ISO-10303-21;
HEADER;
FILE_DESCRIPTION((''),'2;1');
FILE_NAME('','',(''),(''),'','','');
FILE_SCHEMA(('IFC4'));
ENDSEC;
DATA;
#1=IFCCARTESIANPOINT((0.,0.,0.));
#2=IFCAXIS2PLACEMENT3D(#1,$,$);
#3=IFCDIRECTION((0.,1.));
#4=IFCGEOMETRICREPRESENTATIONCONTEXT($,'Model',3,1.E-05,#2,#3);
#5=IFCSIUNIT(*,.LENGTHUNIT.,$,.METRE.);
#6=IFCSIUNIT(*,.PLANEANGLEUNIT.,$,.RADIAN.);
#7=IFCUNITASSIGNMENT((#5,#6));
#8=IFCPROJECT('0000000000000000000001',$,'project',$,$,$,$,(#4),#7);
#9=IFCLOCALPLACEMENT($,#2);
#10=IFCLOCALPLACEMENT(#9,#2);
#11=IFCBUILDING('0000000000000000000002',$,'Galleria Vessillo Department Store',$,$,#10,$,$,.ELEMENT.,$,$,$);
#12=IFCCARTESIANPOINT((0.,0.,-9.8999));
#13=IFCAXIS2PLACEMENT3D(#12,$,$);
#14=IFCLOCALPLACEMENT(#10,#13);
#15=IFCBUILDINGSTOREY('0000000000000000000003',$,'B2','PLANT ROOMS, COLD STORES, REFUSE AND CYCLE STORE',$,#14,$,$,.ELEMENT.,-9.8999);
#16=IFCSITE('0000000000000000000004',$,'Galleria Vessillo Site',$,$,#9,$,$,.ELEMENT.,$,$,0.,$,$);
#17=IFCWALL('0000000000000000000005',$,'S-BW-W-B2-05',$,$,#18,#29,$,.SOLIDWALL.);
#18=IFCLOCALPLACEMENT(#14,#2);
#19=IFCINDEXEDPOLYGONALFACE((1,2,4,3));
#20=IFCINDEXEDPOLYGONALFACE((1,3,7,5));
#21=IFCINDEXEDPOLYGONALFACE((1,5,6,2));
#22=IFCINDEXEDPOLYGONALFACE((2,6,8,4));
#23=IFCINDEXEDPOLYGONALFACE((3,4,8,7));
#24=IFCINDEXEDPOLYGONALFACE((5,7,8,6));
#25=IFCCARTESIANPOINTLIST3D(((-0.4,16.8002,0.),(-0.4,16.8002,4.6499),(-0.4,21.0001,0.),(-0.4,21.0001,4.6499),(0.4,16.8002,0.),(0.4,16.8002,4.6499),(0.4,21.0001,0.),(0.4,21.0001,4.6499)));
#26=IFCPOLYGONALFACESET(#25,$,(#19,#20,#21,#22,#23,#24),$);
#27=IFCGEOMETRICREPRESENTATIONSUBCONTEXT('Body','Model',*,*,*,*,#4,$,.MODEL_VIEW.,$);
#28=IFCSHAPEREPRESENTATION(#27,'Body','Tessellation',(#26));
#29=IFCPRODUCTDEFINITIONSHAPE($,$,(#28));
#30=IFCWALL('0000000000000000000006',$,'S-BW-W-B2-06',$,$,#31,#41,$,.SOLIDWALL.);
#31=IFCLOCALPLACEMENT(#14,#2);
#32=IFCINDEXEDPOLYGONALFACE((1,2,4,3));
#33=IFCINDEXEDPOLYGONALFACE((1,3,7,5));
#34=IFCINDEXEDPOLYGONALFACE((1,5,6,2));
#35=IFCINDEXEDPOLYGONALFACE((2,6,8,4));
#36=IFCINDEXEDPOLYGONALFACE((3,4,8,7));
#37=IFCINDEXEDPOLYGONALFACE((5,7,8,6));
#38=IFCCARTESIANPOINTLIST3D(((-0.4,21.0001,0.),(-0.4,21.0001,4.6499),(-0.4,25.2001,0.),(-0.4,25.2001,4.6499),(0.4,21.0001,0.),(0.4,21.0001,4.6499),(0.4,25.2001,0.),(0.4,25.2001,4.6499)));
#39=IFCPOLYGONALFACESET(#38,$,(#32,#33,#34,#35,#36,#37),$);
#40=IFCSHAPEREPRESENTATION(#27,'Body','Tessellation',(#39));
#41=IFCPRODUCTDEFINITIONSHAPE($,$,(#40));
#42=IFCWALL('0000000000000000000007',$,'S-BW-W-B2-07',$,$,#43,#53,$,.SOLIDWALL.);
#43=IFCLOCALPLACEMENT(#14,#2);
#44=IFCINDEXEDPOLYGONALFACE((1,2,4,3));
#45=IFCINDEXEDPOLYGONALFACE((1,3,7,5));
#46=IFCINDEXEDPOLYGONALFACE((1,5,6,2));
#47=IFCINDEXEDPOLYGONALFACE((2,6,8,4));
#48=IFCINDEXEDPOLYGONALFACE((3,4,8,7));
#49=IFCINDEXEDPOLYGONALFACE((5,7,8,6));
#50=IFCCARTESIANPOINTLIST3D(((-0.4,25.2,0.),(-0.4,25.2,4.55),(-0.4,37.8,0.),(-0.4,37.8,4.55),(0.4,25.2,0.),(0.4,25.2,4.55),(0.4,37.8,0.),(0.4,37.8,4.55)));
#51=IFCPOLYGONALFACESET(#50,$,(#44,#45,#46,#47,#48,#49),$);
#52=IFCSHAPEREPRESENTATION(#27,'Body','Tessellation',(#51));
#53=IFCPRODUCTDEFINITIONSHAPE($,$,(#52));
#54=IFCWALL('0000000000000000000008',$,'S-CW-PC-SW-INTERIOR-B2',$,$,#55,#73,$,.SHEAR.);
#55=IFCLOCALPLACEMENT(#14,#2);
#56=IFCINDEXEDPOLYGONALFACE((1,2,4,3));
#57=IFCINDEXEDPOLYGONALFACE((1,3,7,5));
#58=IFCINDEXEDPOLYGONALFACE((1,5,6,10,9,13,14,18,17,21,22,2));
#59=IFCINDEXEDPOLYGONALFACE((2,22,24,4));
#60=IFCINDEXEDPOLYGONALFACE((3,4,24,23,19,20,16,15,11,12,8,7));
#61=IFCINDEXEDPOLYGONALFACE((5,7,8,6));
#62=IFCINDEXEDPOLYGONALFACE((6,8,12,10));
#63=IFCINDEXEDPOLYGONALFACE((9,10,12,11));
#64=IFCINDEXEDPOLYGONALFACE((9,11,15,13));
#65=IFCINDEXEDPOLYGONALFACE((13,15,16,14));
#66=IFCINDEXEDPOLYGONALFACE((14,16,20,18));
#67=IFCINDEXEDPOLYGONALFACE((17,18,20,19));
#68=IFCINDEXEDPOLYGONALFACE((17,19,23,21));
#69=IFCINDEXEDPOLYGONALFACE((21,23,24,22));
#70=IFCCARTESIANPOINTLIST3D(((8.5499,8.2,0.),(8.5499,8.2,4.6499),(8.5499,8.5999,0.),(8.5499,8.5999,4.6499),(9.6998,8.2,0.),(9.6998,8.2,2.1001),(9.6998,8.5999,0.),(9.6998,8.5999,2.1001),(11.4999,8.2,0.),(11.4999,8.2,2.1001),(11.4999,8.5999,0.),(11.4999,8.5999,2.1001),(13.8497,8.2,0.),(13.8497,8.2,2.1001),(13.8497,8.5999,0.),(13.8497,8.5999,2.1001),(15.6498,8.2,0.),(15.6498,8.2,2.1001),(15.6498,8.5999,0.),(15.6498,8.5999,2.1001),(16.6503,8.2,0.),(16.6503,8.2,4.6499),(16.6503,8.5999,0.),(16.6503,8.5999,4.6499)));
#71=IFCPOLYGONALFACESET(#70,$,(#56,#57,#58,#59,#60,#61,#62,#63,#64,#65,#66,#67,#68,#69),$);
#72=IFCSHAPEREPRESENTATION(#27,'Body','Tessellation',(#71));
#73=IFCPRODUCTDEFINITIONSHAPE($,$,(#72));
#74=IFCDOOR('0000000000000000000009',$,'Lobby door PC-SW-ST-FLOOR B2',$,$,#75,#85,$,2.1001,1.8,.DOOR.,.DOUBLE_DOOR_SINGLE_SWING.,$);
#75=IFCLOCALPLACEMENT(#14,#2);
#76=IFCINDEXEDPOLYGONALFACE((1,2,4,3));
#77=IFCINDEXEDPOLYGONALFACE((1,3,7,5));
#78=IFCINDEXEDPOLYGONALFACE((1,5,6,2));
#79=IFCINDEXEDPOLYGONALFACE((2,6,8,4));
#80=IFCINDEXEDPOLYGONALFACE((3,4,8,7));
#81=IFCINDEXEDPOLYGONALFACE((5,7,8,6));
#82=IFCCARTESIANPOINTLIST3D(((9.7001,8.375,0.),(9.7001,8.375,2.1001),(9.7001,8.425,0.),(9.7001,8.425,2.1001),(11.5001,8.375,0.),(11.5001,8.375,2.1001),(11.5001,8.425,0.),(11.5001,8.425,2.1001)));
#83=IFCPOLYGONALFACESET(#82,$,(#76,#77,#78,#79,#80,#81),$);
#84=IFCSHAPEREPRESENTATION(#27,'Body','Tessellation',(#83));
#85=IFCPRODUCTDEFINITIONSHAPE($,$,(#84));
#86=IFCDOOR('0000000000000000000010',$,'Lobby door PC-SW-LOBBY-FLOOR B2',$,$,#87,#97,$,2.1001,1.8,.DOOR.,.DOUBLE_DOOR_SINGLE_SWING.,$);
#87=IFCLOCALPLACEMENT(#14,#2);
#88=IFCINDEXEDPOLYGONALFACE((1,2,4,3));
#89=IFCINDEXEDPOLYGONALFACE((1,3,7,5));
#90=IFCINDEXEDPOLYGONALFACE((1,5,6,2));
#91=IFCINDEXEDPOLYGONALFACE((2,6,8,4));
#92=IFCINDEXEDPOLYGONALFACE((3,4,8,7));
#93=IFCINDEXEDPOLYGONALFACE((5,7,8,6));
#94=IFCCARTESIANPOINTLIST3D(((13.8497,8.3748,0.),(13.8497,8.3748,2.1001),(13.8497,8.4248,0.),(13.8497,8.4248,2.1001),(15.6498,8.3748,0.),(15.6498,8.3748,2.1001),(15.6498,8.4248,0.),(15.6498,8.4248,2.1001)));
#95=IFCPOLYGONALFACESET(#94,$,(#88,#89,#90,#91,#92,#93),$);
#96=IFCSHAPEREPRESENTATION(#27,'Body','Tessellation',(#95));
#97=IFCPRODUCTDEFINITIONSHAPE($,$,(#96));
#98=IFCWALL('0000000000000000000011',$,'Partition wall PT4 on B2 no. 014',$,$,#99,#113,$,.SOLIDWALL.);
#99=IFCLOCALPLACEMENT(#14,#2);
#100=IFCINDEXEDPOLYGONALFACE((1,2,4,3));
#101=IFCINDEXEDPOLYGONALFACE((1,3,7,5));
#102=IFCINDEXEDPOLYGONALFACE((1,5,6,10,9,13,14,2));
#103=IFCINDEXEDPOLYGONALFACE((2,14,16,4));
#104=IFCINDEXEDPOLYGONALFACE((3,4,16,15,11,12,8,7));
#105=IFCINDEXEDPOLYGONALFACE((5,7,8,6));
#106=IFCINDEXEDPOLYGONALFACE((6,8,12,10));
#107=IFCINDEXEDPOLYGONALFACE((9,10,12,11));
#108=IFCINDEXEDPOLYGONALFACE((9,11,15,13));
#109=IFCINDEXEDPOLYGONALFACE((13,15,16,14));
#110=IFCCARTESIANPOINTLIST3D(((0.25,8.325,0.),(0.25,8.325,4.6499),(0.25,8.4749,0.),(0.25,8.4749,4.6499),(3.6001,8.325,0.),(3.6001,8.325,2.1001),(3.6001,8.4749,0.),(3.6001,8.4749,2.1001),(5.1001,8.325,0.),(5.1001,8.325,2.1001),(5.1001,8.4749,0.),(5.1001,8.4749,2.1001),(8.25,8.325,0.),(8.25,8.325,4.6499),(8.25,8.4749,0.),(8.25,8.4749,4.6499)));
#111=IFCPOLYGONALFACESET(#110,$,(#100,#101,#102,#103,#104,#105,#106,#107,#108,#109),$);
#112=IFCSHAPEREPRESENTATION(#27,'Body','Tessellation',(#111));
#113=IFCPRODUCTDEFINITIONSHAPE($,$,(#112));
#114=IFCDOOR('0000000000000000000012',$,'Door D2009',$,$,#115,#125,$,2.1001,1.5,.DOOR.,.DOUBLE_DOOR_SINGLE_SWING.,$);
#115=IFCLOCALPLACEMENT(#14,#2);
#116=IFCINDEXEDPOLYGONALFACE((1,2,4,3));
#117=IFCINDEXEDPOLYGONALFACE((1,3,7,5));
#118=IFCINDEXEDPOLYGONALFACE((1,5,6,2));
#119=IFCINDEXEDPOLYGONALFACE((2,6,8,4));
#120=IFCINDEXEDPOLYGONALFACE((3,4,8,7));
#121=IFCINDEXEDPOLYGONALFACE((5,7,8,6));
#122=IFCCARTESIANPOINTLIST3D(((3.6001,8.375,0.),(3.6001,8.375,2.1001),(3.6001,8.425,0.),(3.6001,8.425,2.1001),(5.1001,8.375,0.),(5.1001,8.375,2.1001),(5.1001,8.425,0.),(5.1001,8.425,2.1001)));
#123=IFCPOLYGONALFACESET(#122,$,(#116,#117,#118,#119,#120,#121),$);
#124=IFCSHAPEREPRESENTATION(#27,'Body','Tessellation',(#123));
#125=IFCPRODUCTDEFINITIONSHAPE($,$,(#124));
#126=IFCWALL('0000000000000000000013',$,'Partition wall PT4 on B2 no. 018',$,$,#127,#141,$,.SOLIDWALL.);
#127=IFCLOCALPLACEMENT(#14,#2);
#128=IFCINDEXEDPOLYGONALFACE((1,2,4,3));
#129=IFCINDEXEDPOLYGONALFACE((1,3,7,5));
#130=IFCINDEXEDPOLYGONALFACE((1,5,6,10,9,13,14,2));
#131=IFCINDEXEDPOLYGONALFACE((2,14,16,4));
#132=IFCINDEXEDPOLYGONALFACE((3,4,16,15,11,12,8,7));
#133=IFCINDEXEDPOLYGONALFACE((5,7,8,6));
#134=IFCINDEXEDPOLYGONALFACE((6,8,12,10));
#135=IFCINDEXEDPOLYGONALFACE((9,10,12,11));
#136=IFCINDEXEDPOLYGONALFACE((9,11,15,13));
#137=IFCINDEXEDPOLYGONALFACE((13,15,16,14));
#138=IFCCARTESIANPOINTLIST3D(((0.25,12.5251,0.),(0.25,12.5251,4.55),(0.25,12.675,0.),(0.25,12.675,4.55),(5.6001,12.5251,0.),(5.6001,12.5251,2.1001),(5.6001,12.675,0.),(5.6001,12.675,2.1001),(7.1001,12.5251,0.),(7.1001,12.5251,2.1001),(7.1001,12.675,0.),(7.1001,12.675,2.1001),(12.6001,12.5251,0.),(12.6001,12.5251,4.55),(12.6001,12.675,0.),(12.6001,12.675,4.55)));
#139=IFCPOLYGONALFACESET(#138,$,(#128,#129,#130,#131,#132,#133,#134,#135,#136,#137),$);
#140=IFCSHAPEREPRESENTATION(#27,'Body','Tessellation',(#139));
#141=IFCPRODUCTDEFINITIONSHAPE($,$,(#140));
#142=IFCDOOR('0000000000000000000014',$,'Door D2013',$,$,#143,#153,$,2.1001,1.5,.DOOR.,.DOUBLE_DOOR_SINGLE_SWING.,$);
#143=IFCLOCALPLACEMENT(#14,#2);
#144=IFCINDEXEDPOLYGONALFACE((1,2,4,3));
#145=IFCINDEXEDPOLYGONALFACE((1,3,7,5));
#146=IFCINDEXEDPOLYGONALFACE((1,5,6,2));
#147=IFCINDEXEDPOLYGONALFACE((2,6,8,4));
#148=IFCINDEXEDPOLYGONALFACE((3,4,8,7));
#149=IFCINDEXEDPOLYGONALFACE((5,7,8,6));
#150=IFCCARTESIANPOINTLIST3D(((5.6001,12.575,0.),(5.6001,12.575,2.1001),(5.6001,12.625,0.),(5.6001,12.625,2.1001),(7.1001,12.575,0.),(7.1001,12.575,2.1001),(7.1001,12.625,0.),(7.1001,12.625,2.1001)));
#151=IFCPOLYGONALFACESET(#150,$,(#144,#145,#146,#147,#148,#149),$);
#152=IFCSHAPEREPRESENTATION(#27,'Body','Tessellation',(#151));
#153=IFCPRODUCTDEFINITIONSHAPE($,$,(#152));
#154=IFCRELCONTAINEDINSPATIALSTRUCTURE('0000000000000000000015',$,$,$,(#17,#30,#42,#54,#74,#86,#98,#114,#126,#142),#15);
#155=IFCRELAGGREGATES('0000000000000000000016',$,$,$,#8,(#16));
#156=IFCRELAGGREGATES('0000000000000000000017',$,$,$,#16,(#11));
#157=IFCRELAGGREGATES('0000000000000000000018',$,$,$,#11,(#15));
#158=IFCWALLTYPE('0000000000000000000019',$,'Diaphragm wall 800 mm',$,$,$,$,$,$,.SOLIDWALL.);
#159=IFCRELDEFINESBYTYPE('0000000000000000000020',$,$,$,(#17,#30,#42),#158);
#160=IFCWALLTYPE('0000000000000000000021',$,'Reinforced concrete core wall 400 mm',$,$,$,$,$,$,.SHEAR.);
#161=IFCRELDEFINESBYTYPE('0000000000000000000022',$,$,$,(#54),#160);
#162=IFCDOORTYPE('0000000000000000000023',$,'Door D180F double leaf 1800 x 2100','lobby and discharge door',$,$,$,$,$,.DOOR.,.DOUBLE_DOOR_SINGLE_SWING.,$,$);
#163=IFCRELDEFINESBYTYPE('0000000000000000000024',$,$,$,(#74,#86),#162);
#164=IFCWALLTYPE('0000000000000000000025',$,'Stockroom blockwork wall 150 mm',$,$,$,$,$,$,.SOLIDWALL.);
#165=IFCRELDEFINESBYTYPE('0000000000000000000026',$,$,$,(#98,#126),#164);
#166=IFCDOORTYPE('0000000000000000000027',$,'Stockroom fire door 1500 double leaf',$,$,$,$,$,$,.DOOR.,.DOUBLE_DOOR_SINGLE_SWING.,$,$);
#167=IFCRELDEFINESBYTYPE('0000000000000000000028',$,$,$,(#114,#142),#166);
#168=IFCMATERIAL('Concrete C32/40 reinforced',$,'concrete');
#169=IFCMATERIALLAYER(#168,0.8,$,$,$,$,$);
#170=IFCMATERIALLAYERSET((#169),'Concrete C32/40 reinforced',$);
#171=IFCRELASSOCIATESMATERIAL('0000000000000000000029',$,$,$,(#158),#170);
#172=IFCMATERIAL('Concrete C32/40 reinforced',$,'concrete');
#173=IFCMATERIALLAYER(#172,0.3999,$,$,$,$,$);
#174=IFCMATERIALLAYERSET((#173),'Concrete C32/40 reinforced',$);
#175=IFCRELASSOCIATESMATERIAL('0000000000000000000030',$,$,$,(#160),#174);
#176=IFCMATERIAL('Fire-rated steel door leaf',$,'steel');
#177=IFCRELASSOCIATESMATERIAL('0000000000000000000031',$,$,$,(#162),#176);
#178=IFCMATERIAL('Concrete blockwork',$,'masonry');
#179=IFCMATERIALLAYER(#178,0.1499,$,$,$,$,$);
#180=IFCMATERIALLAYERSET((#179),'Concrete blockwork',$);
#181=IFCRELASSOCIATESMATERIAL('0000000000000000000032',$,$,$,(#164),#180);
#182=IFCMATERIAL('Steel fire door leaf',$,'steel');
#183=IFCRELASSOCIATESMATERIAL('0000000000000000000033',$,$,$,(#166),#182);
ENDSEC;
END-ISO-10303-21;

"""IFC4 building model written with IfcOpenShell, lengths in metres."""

from ifc_helpers import new_model, si_unit, direction, frame, frame_2d, origin, place, context, subcontext, project, spatial, rectangle, extrude, material, layer, layer_set, type_object, element, fill, save


model = new_model("IFC4")

# Units and contexts
model_context = context("Model", 3, precision=1e-05, world=origin(), true_north=direction((0.0, 1.0)))
body_context = subcontext(model_context, "Body", "Model", "MODEL_VIEW")
ifc_project = project(units=[si_unit("LENGTHUNIT", "METRE"), si_unit("PLANEANGLEUNIT", "RADIAN")], contexts=[model_context])

# Site, building, storey
site_placement = place(None, origin())
site = spatial("IfcSite", under=ifc_project, at=site_placement, Name="Galleria Vessillo Site", CompositionType="ELEMENT", RefElevation=0.0)
building_placement = place(site_placement, origin())
building = spatial("IfcBuilding", under=site, at=building_placement, Name="Galleria Vessillo Department Store", CompositionType="ELEMENT")
storey_placement = place(building_placement, frame((0.0, 0.0, -9.8999)))
storey = spatial("IfcBuildingStorey", under=building, at=storey_placement, Name="B2", Description="PLANT ROOMS, COLD STORES, REFUSE AND CYCLE STORE", CompositionType="ELEMENT", Elevation=-9.8999)

# Walls
ifc_material_1 = material(Name="Concrete C32/40 reinforced", Category="concrete")
ifc_layer_1 = layer(ifc_material_1, 0.8)
ifc_layer_set_1 = layer_set([ifc_layer_1], Name="Concrete C32/40 reinforced")
wall_type_1 = type_object("IfcWallType", Name="Diaphragm wall 800 mm", PredefinedType="SOLIDWALL", material=ifc_layer_set_1)
for number, where, z_axis, x_axis, name in (
    (1, (0.0, 16.8, 0.0), (0.0, 0.0, 1.0), (0.0, 1.0, 0.0), "S-BW-W-B2-05"),
    (2, (0.0, 21.0, 0.0), (0.0, 0.0, 1.0), (0.0, 1.0, 0.0), "S-BW-W-B2-06"),
):
    element("IfcWall", number, at=place(storey_placement, frame(where, z_axis=z_axis, x_axis=x_axis)), inside=storey, type_object=wall_type_1, Name=name, PredefinedType="SOLIDWALL", context=body_context, shape_type="SweptSolid", body=[
        extrude(rectangle(XDim=4.2, YDim=0.8, at=frame_2d((2.1001, 0.0))), origin(), (0.0, 0.0, 1.0), 4.6499),
    ])
wall_1_placement = place(storey_placement, frame((0.0, 25.2, 0.0), z_axis=(0.0, 0.0, 1.0), x_axis=(0.0, 1.0, 0.0)))
element("IfcWall", 3, at=wall_1_placement, inside=storey, type_object=wall_type_1, Name="S-BW-W-B2-07", PredefinedType="SOLIDWALL", context=body_context, shape_type="SweptSolid", body=[
    extrude(rectangle(XDim=12.6001, YDim=0.8, at=frame_2d((6.3, 0.0))), origin(), (0.0, 0.0, 1.0), 4.55),
])

# Wall, openings, doors
ifc_material_2 = material(Name="Concrete C32/40 reinforced", Category="concrete")
ifc_layer_2 = layer(ifc_material_2, 0.3999)
ifc_layer_set_2 = layer_set([ifc_layer_2], Name="Concrete C32/40 reinforced")
wall_type_2 = type_object("IfcWallType", Name="Reinforced concrete core wall 400 mm", PredefinedType="SHEAR", material=ifc_layer_set_2)
wall_2_placement = place(storey_placement, frame((8.5498, 8.3999, 0.0), z_axis=(0.0, 0.0, 1.0), x_axis=(1.0, 0.0, 0.0)))
wall_2 = element("IfcWall", 4, at=wall_2_placement, inside=storey, type_object=wall_type_2, Name="S-CW-PC-SW-INTERIOR-B2", PredefinedType="SHEAR", context=body_context, shape_type="SweptSolid", body=[
    extrude(rectangle(XDim=8.1003, YDim=0.3999, at=frame_2d((4.0503, 0.0))), origin(), (0.0, 0.0, 1.0), 4.6499),
])
opening_1_placement = place(wall_2_placement, frame((1.1501, 0.0, 0.0)))
opening_1 = element("IfcOpeningElement", 5, at=opening_1_placement, cuts=wall_2, PredefinedType="OPENING", context=body_context, shape_type="SweptSolid", body=[
    extrude(rectangle(XDim=1.8, YDim=2.1001, at=frame_2d((0.8999, 1.05))), frame((0.0, 0.21, 0.0), z_axis=(0.0, -1.0, 0.0), x_axis=(1.0, 0.0, 0.0)), (0.0, 0.0, 1.0), 0.4199),
])
opening_2_placement = place(wall_2_placement, frame((5.3, 0.0, 0.0)))
opening_2 = element("IfcOpeningElement", 6, at=opening_2_placement, cuts=wall_2, PredefinedType="OPENING", context=body_context, shape_type="SweptSolid", body=[
    extrude(rectangle(XDim=1.8, YDim=2.1001, at=frame_2d((0.8999, 1.05))), frame((0.0, 0.21, 0.0), z_axis=(0.0, -1.0, 0.0), x_axis=(1.0, 0.0, 0.0)), (0.0, 0.0, 1.0), 0.4199),
])
ifc_material_3 = material(Name="Fire-rated steel door leaf", Category="steel")
door_type_1 = type_object("IfcDoorType", Name="Door D180F double leaf 1800 x 2100", Description="lobby and discharge door", OperationType="DOUBLE_DOOR_SINGLE_SWING", PredefinedType="DOOR", material=ifc_material_3)
door_1_placement = place(opening_1_placement, frame((1.8, 0.0, 0.0), z_axis=(0.0, 0.0, 1.0), x_axis=(-1.0, 0.0, 0.0)))
door_1 = element("IfcDoor", 7, at=door_1_placement, inside=storey, type_object=door_type_1, Name="Lobby door PC-SW-ST-FLOOR B2", OperationType="DOUBLE_DOOR_SINGLE_SWING", OverallHeight=2.1001, OverallWidth=1.8, PredefinedType="DOOR", context=body_context, shape_type="SweptSolid", body=[
    extrude(rectangle(XDim=1.8, YDim=2.1001, at=frame_2d((0.8999, 1.05))), frame((0.0, 0.0249, 0.0), z_axis=(0.0, -1.0, 0.0), x_axis=(1.0, 0.0, 0.0)), (0.0, 0.0, 1.0), 0.05),
])
fill(opening_1, door_1)
door_2_placement = place(opening_2_placement, origin())
door_2 = element("IfcDoor", 8, at=door_2_placement, inside=storey, type_object=door_type_1, Name="Lobby door PC-SW-LOBBY-FLOOR B2", OperationType="DOUBLE_DOOR_SINGLE_SWING", OverallHeight=2.1001, OverallWidth=1.8, PredefinedType="DOOR", context=body_context, shape_type="SweptSolid", body=[
    extrude(rectangle(XDim=1.8, YDim=2.1001, at=frame_2d((0.8999, 1.05))), frame((0.0, 0.0249, 0.0), z_axis=(0.0, -1.0, 0.0), x_axis=(1.0, 0.0, 0.0)), (0.0, 0.0, 1.0), 0.05),
])
fill(opening_2, door_2)

# Walls, openings, doors
ifc_material_4 = material(Name="Concrete blockwork", Category="masonry")
ifc_layer_3 = layer(ifc_material_4, 0.1499)
ifc_layer_set_3 = layer_set([ifc_layer_3], Name="Concrete blockwork")
wall_type_3 = type_object("IfcWallType", Name="Stockroom blockwork wall 150 mm", PredefinedType="SOLIDWALL", material=ifc_layer_set_3)
wall_3_placement = place(storey_placement, frame((0.25, 8.3999, 0.0), z_axis=(0.0, 0.0, 1.0), x_axis=(1.0, 0.0, 0.0)))
wall_3 = element("IfcWall", 9, at=wall_3_placement, inside=storey, type_object=wall_type_3, Name="Partition wall PT4 on B2 no. 014", PredefinedType="SOLIDWALL", context=body_context, shape_type="SweptSolid", body=[
    extrude(rectangle(XDim=8.0, YDim=0.1499, at=frame_2d((4.0, 0.0))), origin(), (0.0, 0.0, 1.0), 4.6499),
])
opening_3_placement = place(wall_3_placement, frame((3.3501, 0.0, 0.0)))
opening_3 = element("IfcOpeningElement", 10, at=opening_3_placement, cuts=wall_3, PredefinedType="OPENING", context=body_context, shape_type="SweptSolid", body=[
    extrude(rectangle(XDim=1.5, YDim=2.1001, at=frame_2d((0.75, 1.05))), frame((0.0, 0.085, 0.0), z_axis=(0.0, -1.0, 0.0), x_axis=(1.0, 0.0, 0.0)), (0.0, 0.0, 1.0), 0.1699),
])
ifc_material_5 = material(Name="Steel fire door leaf", Category="steel")
door_type_2 = type_object("IfcDoorType", Name="Stockroom fire door 1500 double leaf", OperationType="DOUBLE_DOOR_SINGLE_SWING", PredefinedType="DOOR", material=ifc_material_5)
door_3_placement = place(opening_3_placement, frame((1.5, 0.0, 0.0), z_axis=(0.0, 0.0, 1.0), x_axis=(-1.0, 0.0, 0.0)))
door_3 = element("IfcDoor", 11, at=door_3_placement, inside=storey, type_object=door_type_2, Name="Door D2009", OperationType="DOUBLE_DOOR_SINGLE_SWING", OverallHeight=2.1001, OverallWidth=1.5, PredefinedType="DOOR", context=body_context, shape_type="SweptSolid", body=[
    extrude(rectangle(XDim=1.5, YDim=2.1001, at=frame_2d((0.75, 1.05))), frame((0.0, 0.0249, 0.0), z_axis=(0.0, -1.0, 0.0), x_axis=(1.0, 0.0, 0.0)), (0.0, 0.0, 1.0), 0.05),
])
fill(opening_3, door_3)
wall_4_placement = place(storey_placement, frame((0.25, 12.6001, 0.0), z_axis=(0.0, 0.0, 1.0), x_axis=(1.0, 0.0, 0.0)))
wall_4 = element("IfcWall", 12, at=wall_4_placement, inside=storey, type_object=wall_type_3, Name="Partition wall PT4 on B2 no. 018", PredefinedType="SOLIDWALL", context=body_context, shape_type="SweptSolid", body=[
    extrude(rectangle(XDim=12.3501, YDim=0.1499, at=frame_2d((6.175, 0.0))), origin(), (0.0, 0.0, 1.0), 4.55),
])
opening_4_placement = place(wall_4_placement, frame((5.3501, 0.0, 0.0)))
opening_4 = element("IfcOpeningElement", 13, at=opening_4_placement, cuts=wall_4, PredefinedType="OPENING", context=body_context, shape_type="SweptSolid", body=[
    extrude(rectangle(XDim=1.5, YDim=2.1001, at=frame_2d((0.75, 1.05))), frame((0.0, 0.085, 0.0), z_axis=(0.0, -1.0, 0.0), x_axis=(1.0, 0.0, 0.0)), (0.0, 0.0, 1.0), 0.1699),
])
door_4_placement = place(opening_4_placement, origin())
door_4 = element("IfcDoor", 14, at=door_4_placement, inside=storey, type_object=door_type_2, Name="Door D2013", OperationType="DOUBLE_DOOR_SINGLE_SWING", OverallHeight=2.1001, OverallWidth=1.5, PredefinedType="DOOR", context=body_context, shape_type="SweptSolid", body=[
    extrude(rectangle(XDim=1.5, YDim=2.1001, at=frame_2d((0.75, 1.05))), frame((0.0, 0.0249, 0.0), z_axis=(0.0, -1.0, 0.0), x_axis=(1.0, 0.0, 0.0)), (0.0, 0.0, 1.0), 0.05),
])
fill(opening_4, door_4)

save(model, "model.ifc")
